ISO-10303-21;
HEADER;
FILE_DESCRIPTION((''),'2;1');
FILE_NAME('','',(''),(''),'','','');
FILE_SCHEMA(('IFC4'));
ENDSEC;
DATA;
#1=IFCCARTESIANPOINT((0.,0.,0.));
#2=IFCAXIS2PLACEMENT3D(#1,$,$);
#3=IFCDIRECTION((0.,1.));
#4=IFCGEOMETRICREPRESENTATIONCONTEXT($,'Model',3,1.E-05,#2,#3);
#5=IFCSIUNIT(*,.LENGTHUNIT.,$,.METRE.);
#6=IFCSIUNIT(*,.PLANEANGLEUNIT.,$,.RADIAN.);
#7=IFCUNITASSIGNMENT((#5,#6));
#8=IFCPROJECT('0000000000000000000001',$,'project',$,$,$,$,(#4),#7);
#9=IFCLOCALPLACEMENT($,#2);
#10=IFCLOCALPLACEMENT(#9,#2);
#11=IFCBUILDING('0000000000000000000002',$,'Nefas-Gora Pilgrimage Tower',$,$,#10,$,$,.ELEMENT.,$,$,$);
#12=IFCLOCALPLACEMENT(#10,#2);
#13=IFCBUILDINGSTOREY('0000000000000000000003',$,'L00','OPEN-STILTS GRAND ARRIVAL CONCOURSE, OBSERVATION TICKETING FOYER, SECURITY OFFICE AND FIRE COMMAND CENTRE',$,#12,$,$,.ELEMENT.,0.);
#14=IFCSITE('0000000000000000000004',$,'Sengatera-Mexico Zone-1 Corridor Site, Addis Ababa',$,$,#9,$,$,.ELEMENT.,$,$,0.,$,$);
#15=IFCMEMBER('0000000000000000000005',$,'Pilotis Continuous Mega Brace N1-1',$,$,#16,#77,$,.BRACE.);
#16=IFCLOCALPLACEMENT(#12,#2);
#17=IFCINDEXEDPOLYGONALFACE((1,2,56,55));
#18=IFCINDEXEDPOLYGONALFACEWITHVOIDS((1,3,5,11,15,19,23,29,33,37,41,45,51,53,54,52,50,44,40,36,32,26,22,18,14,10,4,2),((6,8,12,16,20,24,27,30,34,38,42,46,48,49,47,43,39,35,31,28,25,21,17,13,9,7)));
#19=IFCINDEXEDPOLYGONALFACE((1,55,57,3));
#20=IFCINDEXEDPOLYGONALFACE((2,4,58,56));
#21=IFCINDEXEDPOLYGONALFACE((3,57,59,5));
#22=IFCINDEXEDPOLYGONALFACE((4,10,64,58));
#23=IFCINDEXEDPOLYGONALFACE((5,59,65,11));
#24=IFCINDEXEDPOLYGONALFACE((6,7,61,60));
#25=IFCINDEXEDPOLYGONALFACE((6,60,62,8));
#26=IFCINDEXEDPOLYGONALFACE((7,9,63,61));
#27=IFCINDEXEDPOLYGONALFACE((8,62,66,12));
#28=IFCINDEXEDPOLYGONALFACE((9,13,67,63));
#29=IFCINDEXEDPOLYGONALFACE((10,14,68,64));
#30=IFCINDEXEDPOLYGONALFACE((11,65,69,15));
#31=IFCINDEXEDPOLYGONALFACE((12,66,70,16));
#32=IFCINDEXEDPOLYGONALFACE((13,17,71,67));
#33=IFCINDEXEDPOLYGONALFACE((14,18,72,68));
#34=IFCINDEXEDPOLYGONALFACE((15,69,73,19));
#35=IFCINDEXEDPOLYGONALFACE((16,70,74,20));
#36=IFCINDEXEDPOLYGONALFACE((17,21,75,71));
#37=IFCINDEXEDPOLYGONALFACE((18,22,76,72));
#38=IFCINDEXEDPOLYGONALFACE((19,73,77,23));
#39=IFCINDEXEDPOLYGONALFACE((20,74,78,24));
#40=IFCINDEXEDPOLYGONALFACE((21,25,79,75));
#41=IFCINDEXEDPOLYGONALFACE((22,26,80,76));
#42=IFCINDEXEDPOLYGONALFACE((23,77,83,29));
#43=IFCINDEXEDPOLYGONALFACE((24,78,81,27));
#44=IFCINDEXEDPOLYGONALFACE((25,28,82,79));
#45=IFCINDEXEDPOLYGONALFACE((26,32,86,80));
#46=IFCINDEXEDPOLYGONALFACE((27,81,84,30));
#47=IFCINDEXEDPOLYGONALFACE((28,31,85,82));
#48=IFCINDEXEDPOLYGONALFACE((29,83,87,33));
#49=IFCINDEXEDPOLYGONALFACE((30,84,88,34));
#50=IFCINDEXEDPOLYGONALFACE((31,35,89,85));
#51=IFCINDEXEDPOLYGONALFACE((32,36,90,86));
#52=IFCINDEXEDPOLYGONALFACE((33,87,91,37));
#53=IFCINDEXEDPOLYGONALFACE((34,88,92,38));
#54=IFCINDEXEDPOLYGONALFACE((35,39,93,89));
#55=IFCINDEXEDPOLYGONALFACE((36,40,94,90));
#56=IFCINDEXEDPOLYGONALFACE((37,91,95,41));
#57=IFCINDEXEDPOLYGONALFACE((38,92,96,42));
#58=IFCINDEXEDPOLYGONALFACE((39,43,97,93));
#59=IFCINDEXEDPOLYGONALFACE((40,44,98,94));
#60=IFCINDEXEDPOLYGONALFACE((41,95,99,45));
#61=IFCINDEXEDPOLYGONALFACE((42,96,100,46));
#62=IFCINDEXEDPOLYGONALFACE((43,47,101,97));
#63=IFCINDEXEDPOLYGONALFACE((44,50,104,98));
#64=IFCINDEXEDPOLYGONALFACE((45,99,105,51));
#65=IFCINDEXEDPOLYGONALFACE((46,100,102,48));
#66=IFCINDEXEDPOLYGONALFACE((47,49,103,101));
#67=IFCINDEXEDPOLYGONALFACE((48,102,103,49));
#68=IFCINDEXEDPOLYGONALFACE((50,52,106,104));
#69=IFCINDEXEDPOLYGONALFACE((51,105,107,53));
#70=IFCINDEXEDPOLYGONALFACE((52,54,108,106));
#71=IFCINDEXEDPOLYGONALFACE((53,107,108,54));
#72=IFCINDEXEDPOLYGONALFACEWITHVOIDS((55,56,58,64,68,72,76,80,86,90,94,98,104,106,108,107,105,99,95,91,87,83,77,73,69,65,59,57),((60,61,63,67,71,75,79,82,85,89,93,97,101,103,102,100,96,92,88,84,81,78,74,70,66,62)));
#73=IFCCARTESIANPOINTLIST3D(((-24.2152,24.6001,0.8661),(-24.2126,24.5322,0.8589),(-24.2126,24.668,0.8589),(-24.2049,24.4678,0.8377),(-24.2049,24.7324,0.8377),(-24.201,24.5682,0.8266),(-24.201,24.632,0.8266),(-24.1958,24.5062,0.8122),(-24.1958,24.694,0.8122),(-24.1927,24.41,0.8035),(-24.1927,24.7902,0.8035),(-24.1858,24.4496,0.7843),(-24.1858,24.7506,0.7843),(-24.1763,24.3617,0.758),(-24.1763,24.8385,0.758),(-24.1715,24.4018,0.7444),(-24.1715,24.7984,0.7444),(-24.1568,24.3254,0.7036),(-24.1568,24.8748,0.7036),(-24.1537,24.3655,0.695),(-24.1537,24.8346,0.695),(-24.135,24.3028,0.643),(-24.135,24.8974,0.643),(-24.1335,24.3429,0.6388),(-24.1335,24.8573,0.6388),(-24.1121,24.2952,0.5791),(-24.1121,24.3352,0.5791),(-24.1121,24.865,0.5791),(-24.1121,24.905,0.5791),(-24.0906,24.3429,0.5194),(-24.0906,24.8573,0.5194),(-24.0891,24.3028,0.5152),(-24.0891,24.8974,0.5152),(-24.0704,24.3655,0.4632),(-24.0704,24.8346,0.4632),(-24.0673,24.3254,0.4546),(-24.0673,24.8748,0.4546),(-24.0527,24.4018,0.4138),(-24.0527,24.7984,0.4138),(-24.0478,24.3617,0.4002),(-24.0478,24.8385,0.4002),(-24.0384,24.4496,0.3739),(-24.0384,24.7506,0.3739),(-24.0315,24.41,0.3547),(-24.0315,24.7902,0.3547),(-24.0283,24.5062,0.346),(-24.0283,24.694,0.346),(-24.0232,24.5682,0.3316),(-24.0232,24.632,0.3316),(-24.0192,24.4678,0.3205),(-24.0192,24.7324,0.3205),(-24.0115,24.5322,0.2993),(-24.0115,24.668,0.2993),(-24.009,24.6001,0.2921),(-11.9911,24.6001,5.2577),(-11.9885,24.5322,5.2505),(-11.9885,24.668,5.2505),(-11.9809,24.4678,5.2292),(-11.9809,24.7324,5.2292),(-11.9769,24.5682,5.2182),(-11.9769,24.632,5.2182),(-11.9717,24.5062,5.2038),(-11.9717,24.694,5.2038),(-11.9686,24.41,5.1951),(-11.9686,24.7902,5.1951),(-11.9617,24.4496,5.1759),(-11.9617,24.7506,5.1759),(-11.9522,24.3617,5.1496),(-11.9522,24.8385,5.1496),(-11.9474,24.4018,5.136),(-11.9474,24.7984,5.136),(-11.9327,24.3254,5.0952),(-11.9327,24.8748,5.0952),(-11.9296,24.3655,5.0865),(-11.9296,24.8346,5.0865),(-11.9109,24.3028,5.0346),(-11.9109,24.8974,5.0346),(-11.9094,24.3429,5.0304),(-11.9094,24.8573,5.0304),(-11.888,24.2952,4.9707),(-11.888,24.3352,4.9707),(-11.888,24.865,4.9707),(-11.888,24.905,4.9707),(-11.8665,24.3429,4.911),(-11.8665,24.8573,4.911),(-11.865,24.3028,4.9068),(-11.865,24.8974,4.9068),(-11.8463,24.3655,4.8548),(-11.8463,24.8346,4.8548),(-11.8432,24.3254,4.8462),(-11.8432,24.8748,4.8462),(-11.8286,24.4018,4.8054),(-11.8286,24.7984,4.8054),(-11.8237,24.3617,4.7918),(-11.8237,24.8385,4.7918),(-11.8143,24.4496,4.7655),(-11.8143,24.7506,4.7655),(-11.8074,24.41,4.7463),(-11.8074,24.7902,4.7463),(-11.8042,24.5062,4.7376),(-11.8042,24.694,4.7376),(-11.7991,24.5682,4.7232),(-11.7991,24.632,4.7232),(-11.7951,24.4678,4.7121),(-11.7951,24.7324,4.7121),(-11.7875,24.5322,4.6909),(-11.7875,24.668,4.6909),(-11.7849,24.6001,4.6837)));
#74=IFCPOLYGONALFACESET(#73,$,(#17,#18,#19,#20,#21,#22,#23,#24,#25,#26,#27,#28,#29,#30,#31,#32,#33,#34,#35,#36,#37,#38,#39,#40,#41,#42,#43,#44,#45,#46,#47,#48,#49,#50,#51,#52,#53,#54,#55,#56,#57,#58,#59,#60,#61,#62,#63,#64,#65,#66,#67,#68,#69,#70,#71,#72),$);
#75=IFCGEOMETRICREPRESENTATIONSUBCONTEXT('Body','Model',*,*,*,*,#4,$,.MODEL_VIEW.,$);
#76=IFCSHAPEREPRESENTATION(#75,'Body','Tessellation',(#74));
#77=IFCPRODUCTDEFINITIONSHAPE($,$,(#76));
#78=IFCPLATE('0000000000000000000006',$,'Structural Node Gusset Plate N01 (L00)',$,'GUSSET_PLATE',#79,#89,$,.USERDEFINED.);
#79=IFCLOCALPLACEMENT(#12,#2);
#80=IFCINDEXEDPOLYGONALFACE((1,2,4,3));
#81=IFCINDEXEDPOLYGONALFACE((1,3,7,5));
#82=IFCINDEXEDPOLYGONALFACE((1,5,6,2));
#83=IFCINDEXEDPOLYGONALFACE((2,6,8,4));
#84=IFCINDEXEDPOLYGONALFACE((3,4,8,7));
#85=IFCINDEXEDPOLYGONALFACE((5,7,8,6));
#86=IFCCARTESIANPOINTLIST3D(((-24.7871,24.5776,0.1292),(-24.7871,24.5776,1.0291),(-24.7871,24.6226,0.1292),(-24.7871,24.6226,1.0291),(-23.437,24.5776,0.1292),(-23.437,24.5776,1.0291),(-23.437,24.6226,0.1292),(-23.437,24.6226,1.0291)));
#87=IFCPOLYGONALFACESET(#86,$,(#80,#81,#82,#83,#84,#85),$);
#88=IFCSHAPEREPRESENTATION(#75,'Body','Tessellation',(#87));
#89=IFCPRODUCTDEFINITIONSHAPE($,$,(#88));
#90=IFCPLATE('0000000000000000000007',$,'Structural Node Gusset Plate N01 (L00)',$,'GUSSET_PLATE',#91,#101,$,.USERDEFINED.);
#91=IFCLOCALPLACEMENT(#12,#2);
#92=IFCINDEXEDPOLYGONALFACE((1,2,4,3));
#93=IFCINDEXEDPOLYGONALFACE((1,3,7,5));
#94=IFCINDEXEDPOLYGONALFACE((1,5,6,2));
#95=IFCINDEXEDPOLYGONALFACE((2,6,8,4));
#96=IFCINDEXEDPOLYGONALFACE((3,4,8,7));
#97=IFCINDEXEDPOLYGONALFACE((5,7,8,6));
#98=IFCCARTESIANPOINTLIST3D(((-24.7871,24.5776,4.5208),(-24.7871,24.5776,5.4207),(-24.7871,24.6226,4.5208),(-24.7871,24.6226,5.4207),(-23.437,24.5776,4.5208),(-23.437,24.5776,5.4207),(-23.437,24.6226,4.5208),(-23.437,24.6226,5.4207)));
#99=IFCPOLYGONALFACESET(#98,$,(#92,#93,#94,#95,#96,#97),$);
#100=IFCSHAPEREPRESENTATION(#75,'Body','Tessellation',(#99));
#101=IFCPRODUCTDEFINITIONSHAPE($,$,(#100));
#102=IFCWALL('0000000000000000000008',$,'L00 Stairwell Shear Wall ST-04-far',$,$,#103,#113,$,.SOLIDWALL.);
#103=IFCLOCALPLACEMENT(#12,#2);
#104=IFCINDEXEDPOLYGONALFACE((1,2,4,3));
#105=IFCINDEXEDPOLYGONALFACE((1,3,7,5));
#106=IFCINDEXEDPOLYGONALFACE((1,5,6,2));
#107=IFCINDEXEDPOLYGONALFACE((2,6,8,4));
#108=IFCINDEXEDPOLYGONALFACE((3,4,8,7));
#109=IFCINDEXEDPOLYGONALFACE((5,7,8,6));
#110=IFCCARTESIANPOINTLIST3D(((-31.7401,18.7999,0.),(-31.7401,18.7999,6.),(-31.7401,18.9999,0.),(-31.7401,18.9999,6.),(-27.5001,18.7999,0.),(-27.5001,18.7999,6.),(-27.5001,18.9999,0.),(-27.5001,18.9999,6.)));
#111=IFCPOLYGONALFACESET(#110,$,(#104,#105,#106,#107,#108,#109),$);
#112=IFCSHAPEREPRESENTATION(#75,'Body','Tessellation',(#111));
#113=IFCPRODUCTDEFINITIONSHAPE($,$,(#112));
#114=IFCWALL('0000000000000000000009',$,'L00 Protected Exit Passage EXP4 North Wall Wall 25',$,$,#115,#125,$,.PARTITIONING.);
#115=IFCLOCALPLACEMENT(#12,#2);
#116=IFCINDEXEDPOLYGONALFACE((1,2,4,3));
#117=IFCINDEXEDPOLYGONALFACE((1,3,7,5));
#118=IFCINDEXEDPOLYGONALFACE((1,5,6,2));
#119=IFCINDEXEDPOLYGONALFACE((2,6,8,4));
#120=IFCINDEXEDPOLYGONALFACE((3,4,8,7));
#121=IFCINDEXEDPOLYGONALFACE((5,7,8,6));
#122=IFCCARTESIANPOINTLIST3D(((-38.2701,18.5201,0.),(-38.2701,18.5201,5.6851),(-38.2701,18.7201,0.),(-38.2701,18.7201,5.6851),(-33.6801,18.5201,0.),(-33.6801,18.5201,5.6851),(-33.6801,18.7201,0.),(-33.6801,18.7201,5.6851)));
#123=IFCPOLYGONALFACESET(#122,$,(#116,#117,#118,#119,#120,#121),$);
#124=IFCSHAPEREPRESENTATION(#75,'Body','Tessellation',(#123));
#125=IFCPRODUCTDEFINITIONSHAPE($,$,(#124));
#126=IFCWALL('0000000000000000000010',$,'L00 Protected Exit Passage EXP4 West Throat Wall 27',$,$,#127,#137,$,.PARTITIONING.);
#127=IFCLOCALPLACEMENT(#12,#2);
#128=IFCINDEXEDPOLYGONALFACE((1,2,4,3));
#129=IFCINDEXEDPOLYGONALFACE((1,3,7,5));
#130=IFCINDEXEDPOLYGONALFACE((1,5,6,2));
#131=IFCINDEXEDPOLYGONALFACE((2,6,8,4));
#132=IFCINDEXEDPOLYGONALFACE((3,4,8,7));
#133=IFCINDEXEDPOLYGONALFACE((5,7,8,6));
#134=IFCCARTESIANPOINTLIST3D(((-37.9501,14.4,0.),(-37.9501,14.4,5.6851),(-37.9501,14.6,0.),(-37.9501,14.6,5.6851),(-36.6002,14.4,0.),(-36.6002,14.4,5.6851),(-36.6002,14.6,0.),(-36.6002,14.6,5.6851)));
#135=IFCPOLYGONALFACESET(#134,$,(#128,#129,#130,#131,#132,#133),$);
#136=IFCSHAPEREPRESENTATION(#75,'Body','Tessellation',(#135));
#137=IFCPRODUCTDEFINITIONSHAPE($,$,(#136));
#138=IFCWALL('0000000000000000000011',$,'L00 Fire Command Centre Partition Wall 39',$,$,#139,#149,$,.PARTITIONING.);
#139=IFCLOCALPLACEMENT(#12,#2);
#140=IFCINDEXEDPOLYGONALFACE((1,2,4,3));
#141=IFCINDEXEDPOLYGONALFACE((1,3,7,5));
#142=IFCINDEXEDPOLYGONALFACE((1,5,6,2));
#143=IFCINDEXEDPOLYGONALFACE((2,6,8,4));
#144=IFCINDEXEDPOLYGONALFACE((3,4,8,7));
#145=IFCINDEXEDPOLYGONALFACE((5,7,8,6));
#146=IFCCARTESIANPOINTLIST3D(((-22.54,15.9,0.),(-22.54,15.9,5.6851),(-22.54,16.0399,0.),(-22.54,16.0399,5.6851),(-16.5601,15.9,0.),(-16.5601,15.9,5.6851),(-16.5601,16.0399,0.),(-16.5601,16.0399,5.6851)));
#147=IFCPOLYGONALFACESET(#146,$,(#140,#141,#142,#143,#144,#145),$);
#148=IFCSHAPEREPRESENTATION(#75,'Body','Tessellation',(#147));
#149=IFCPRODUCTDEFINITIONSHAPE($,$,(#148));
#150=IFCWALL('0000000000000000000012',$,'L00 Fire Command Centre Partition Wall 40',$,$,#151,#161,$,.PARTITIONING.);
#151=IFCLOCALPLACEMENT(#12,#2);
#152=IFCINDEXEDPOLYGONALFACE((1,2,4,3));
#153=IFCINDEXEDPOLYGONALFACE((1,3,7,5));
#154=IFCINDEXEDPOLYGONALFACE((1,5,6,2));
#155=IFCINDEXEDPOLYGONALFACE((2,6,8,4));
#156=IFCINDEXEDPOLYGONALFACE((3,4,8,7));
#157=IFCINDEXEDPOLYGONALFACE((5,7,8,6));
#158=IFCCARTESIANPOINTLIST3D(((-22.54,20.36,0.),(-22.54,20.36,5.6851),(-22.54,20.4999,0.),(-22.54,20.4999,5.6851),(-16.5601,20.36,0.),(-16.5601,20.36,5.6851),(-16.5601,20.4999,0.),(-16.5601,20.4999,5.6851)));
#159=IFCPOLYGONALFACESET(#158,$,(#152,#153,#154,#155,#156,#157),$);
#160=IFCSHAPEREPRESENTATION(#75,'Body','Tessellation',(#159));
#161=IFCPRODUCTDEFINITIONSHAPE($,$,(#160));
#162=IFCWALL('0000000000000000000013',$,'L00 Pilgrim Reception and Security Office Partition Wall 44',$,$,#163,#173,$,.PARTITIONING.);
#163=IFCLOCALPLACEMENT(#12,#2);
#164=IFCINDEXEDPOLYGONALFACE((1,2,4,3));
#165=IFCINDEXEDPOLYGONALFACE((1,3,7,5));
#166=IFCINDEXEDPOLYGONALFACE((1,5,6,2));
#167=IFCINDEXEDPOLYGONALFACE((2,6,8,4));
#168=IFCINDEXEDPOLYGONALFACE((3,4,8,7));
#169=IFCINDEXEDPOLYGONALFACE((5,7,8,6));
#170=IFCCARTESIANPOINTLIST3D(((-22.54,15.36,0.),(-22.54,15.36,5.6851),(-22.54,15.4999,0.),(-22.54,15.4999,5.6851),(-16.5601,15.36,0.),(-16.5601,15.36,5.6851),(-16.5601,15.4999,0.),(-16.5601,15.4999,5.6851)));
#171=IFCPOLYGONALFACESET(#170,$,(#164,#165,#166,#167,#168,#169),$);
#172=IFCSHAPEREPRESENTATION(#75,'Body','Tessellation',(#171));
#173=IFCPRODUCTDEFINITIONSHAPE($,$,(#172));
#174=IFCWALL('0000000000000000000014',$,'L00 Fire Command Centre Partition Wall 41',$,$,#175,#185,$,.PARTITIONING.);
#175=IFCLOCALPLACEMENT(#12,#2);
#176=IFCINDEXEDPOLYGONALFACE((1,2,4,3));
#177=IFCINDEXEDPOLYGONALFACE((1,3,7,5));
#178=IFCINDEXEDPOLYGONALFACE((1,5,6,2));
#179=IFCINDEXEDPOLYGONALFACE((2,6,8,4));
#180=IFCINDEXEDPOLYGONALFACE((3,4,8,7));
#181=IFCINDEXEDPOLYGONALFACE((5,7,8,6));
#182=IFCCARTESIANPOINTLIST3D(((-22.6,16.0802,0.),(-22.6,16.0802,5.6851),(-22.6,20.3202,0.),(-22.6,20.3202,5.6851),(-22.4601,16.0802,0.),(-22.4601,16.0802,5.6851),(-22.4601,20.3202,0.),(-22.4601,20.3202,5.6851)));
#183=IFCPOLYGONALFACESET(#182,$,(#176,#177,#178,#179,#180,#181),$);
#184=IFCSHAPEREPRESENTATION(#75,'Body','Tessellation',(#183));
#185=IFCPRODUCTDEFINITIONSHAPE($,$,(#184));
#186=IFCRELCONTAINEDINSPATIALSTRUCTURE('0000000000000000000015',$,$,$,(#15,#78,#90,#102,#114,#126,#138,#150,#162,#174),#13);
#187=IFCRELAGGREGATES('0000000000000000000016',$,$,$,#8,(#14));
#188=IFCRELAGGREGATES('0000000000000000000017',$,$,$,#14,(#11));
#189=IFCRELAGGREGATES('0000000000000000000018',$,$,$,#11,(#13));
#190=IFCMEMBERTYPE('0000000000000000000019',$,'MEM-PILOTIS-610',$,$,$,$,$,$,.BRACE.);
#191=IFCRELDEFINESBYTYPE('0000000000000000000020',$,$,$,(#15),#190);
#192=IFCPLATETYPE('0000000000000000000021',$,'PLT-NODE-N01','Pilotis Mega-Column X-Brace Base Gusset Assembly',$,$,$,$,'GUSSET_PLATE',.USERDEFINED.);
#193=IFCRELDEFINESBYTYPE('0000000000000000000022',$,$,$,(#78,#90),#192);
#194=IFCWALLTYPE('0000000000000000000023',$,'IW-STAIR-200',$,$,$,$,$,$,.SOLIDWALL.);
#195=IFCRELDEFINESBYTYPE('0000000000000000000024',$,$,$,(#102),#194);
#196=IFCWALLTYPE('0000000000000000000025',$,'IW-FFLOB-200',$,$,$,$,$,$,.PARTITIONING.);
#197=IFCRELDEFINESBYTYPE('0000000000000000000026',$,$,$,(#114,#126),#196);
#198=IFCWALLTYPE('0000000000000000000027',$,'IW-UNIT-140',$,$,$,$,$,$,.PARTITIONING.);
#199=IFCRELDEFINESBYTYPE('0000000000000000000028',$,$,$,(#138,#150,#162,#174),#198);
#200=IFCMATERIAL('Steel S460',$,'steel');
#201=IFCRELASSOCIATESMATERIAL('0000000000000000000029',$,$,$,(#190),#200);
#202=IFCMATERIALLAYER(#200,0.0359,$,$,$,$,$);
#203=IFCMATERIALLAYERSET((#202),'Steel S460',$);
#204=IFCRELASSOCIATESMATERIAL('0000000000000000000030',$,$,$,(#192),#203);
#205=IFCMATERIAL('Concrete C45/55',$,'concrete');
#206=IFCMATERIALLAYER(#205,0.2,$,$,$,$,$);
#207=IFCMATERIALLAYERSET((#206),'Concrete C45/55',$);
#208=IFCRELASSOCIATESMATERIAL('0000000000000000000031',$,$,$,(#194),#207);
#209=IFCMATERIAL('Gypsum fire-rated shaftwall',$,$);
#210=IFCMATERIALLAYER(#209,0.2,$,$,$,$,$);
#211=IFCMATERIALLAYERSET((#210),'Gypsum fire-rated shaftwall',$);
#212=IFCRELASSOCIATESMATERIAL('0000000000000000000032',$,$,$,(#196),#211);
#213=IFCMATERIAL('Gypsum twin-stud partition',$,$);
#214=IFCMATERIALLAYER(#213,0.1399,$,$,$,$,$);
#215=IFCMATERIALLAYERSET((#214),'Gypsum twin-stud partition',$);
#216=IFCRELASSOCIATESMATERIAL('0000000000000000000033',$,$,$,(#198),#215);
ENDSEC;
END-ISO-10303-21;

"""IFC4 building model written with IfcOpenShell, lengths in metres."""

from ifc_helpers import new_model, si_unit, direction, frame, frame_2d, origin, origin_2d, place, context, subcontext, project, spatial, rectangle, hollow_circle, extrude, source, transform, mapped, material, layer, layer_set, material_profile, profile_set, type_object, element, save


model = new_model("IFC4")

# Units and contexts
model_context = context("Model", 3, precision=1e-05, world=origin(), true_north=direction((0.0, 1.0)))
body_context = subcontext(model_context, "Body", "Model", "MODEL_VIEW")
ifc_project = project(units=[si_unit("LENGTHUNIT", "METRE"), si_unit("PLANEANGLEUNIT", "RADIAN")], contexts=[model_context])

# Site, building, storey
site_placement = place(None, origin())
site = spatial("IfcSite", under=ifc_project, at=site_placement, Name="Sengatera-Mexico Zone-1 Corridor Site, Addis Ababa", CompositionType="ELEMENT", RefElevation=0.0)
building_placement = place(site_placement, origin())
building = spatial("IfcBuilding", under=site, at=building_placement, Name="Nefas-Gora Pilgrimage Tower", CompositionType="ELEMENT")
storey_placement = place(building_placement, origin())
storey = spatial("IfcBuildingStorey", under=building, at=storey_placement, Name="L00", Description="OPEN-STILTS GRAND ARRIVAL CONCOURSE, OBSERVATION TICKETING FOYER, SECURITY OFFICE AND FIRE COMMAND CENTRE", CompositionType="ELEMENT", Elevation=0.0)

# Shared definitions
ifc_material_1 = material(Name="Concrete C45/55", Category="concrete")

# Shared definitions
ifc_material_2 = material(Name="Steel S460", Category="steel")

# Member
ifc_material_profile_1 = material_profile(ifc_material_2, hollow_circle(Radius=0.3049, WallThickness=0.04, at=origin_2d()), Name="CHS 610x40")
ifc_profile_set_1 = profile_set([ifc_material_profile_1], Name="Steel S460")
member_type = type_object("IfcMemberType", Name="MEM-PILOTIS-610", PredefinedType="BRACE", material=ifc_profile_set_1)
shared_shape_1 = source(origin(), body_context, "Body", "SweptSolid", [
    extrude(hollow_circle(Radius=0.3049, WallThickness=0.04, at=origin_2d()), origin(), (0.0, 0.0, 1.0), 12.989),
])
member_placement = place(storey_placement, frame((-24.1121, 24.6001, 0.5791), z_axis=(0.94111, 0.0, 0.3381), x_axis=(0.0, 1.0, 0.0)))
element("IfcMember", 1, at=member_placement, inside=storey, type_object=member_type, Name="Pilotis Continuous Mega Brace N1-1", PredefinedType="BRACE", context=body_context, shape_type="MappedRepresentation", body=[
    mapped(shared_shape_1, transform((0.0, 0.0, 0.0), x_axis=(1.0, 0.0, 0.0), y_axis=(0.0, 1.0, 0.0), z_axis=(0.0, 0.0, 1.0), scale=1.0)),
])

# Plates
ifc_layer_1 = layer(ifc_material_2, 0.0359)
ifc_layer_set_1 = layer_set([ifc_layer_1], Name="Steel S460")
plate_type = type_object("IfcPlateType", Name="PLT-NODE-N01", Description="Pilotis Mega-Column X-Brace Base Gusset Assembly", ElementType="GUSSET_PLATE", PredefinedType="USERDEFINED", material=ifc_layer_set_1)
shared_shape_2 = source(origin(), body_context, "Body", "SweptSolid", [
    extrude(rectangle(XDim=1.3501, YDim=0.0449, at=origin_2d()), origin(), (0.0, 0.0, 1.0), 0.8999),
])
for number, where, z_axis, x_axis, name in (
    (2, (-24.1121, 24.6001, 0.1292), (0.0, 0.0, 1.0), (1.0, 0.0, 0.0), "Structural Node Gusset Plate N01 (L00)"),
    (3, (-24.1121, 24.6001, 4.5208), (0.0, 0.0, 1.0), (1.0, 0.0, 0.0), "Structural Node Gusset Plate N01 (L00)"),
):
    element("IfcPlate", number, at=place(storey_placement, frame(where, z_axis=z_axis, x_axis=x_axis)), inside=storey, type_object=plate_type, Name=name, ObjectType="GUSSET_PLATE", PredefinedType="USERDEFINED", context=body_context, shape_type="MappedRepresentation", body=[
        mapped(shared_shape_2, transform((0.0, 0.0, 0.0), x_axis=(1.0, 0.0, 0.0), y_axis=(0.0, 1.0, 0.0), z_axis=(0.0, 0.0, 1.0), scale=1.0)),
    ])

# Walls
ifc_layer_2 = layer(ifc_material_1, 0.2)
ifc_layer_set_2 = layer_set([ifc_layer_2], Name="Concrete C45/55")
wall_type_1 = type_object("IfcWallType", Name="IW-STAIR-200", PredefinedType="SOLIDWALL", material=ifc_layer_set_2)
shared_shape_3 = source(origin(), body_context, "Body", "SweptSolid", [
    extrude(rectangle(XDim=4.24, YDim=0.2, at=frame_2d((2.1201, 0.0))), origin(), (0.0, 0.0, 1.0), 6.0),
])
wall_1_placement = place(storey_placement, frame((-27.5, 18.8999, 0.0), z_axis=(0.0, 0.0, 1.0), x_axis=(-1.0, 0.0, 0.0)))
element("IfcWall", 4, at=wall_1_placement, inside=storey, type_object=wall_type_1, Name="L00 Stairwell Shear Wall ST-04-far", PredefinedType="SOLIDWALL", context=body_context, shape_type="MappedRepresentation", body=[
    mapped(shared_shape_3, transform((0.0, 0.0, 0.0), x_axis=(1.0, 0.0, 0.0), y_axis=(0.0, 1.0, 0.0), z_axis=(0.0, 0.0, 1.0), scale=1.0)),
])
ifc_material_3 = material(Name="Gypsum fire-rated shaftwall")
ifc_layer_3 = layer(ifc_material_3, 0.2)
ifc_layer_set_3 = layer_set([ifc_layer_3], Name="Gypsum fire-rated shaftwall")
wall_type_2 = type_object("IfcWallType", Name="IW-FFLOB-200", PredefinedType="PARTITIONING", material=ifc_layer_set_3)
shared_shape_4 = source(origin(), body_context, "Body", "SweptSolid", [
    extrude(rectangle(XDim=4.5901, YDim=0.2, at=frame_2d((2.2949, 0.0))), origin(), (0.0, 0.0, 1.0), 5.6851),
])
wall_2_placement = place(storey_placement, frame((-38.27, 18.6201, 0.0), z_axis=(0.0, 0.0, 1.0), x_axis=(1.0, 0.0, 0.0)))
element("IfcWall", 5, at=wall_2_placement, inside=storey, type_object=wall_type_2, Name="L00 Protected Exit Passage EXP4 North Wall Wall 25", PredefinedType="PARTITIONING", context=body_context, shape_type="MappedRepresentation", body=[
    mapped(shared_shape_4, transform((0.0, 0.0, 0.0), x_axis=(1.0, 0.0, 0.0), y_axis=(0.0, 1.0, 0.0), z_axis=(0.0, 0.0, 1.0), scale=1.0)),
])
shared_shape_5 = source(origin(), body_context, "Body", "SweptSolid", [
    extrude(rectangle(XDim=1.3499, YDim=0.2, at=frame_2d((0.6748, 0.0))), origin(), (0.0, 0.0, 1.0), 5.6851),
])
wall_3_placement = place(storey_placement, frame((-37.95, 14.5, 0.0), z_axis=(0.0, 0.0, 1.0), x_axis=(1.0, 0.0, 0.0)))
element("IfcWall", 6, at=wall_3_placement, inside=storey, type_object=wall_type_2, Name="L00 Protected Exit Passage EXP4 West Throat Wall 27", PredefinedType="PARTITIONING", context=body_context, shape_type="MappedRepresentation", body=[
    mapped(shared_shape_5, transform((0.0, 0.0, 0.0), x_axis=(1.0, 0.0, 0.0), y_axis=(0.0, 1.0, 0.0), z_axis=(0.0, 0.0, 1.0), scale=1.0)),
])
ifc_material_4 = material(Name="Gypsum twin-stud partition")
ifc_layer_4 = layer(ifc_material_4, 0.1399)
ifc_layer_set_4 = layer_set([ifc_layer_4], Name="Gypsum twin-stud partition")
wall_type_3 = type_object("IfcWallType", Name="IW-UNIT-140", PredefinedType="PARTITIONING", material=ifc_layer_set_4)
shared_shape_6 = source(origin(), body_context, "Body", "SweptSolid", [
    extrude(rectangle(XDim=5.98, YDim=0.1399, at=frame_2d((2.99, 0.0))), origin(), (0.0, 0.0, 1.0), 5.6851),
])
for number, where, z_axis, x_axis, name in (
    (7, (-22.54, 15.97, 0.0), (0.0, 0.0, 1.0), (1.0, 0.0, 0.0), "L00 Fire Command Centre Partition Wall 39"),
    (8, (-22.54, 20.4299, 0.0), (0.0, 0.0, 1.0), (1.0, 0.0, 0.0), "L00 Fire Command Centre Partition Wall 40"),
    (9, (-22.54, 15.4299, 0.0), (0.0, 0.0, 1.0), (1.0, 0.0, 0.0), "L00 Pilgrim Reception and Security Office Partition Wall 44"),
):
    element("IfcWall", number, at=place(storey_placement, frame(where, z_axis=z_axis, x_axis=x_axis)), inside=storey, type_object=wall_type_3, Name=name, PredefinedType="PARTITIONING", context=body_context, shape_type="MappedRepresentation", body=[
        mapped(shared_shape_6, transform((0.0, 0.0, 0.0), x_axis=(1.0, 0.0, 0.0), y_axis=(0.0, 1.0, 0.0), z_axis=(0.0, 0.0, 1.0), scale=1.0)),
    ])
shared_shape_7 = source(origin(), body_context, "Body", "SweptSolid", [
    extrude(rectangle(XDim=4.24, YDim=0.1399, at=frame_2d((2.1201, 0.0))), origin(), (0.0, 0.0, 1.0), 5.6851),
])
wall_4_placement = place(storey_placement, frame((-22.53, 16.0801, 0.0), z_axis=(0.0, 0.0, 1.0), x_axis=(0.0, 1.0, 0.0)))
element("IfcWall", 10, at=wall_4_placement, inside=storey, type_object=wall_type_3, Name="L00 Fire Command Centre Partition Wall 41", PredefinedType="PARTITIONING", context=body_context, shape_type="MappedRepresentation", body=[
    mapped(shared_shape_7, transform((0.0, 0.0, 0.0), x_axis=(1.0, 0.0, 0.0), y_axis=(0.0, 1.0, 0.0), z_axis=(0.0, 0.0, 1.0), scale=1.0)),
])

save(model, "model.ifc")
